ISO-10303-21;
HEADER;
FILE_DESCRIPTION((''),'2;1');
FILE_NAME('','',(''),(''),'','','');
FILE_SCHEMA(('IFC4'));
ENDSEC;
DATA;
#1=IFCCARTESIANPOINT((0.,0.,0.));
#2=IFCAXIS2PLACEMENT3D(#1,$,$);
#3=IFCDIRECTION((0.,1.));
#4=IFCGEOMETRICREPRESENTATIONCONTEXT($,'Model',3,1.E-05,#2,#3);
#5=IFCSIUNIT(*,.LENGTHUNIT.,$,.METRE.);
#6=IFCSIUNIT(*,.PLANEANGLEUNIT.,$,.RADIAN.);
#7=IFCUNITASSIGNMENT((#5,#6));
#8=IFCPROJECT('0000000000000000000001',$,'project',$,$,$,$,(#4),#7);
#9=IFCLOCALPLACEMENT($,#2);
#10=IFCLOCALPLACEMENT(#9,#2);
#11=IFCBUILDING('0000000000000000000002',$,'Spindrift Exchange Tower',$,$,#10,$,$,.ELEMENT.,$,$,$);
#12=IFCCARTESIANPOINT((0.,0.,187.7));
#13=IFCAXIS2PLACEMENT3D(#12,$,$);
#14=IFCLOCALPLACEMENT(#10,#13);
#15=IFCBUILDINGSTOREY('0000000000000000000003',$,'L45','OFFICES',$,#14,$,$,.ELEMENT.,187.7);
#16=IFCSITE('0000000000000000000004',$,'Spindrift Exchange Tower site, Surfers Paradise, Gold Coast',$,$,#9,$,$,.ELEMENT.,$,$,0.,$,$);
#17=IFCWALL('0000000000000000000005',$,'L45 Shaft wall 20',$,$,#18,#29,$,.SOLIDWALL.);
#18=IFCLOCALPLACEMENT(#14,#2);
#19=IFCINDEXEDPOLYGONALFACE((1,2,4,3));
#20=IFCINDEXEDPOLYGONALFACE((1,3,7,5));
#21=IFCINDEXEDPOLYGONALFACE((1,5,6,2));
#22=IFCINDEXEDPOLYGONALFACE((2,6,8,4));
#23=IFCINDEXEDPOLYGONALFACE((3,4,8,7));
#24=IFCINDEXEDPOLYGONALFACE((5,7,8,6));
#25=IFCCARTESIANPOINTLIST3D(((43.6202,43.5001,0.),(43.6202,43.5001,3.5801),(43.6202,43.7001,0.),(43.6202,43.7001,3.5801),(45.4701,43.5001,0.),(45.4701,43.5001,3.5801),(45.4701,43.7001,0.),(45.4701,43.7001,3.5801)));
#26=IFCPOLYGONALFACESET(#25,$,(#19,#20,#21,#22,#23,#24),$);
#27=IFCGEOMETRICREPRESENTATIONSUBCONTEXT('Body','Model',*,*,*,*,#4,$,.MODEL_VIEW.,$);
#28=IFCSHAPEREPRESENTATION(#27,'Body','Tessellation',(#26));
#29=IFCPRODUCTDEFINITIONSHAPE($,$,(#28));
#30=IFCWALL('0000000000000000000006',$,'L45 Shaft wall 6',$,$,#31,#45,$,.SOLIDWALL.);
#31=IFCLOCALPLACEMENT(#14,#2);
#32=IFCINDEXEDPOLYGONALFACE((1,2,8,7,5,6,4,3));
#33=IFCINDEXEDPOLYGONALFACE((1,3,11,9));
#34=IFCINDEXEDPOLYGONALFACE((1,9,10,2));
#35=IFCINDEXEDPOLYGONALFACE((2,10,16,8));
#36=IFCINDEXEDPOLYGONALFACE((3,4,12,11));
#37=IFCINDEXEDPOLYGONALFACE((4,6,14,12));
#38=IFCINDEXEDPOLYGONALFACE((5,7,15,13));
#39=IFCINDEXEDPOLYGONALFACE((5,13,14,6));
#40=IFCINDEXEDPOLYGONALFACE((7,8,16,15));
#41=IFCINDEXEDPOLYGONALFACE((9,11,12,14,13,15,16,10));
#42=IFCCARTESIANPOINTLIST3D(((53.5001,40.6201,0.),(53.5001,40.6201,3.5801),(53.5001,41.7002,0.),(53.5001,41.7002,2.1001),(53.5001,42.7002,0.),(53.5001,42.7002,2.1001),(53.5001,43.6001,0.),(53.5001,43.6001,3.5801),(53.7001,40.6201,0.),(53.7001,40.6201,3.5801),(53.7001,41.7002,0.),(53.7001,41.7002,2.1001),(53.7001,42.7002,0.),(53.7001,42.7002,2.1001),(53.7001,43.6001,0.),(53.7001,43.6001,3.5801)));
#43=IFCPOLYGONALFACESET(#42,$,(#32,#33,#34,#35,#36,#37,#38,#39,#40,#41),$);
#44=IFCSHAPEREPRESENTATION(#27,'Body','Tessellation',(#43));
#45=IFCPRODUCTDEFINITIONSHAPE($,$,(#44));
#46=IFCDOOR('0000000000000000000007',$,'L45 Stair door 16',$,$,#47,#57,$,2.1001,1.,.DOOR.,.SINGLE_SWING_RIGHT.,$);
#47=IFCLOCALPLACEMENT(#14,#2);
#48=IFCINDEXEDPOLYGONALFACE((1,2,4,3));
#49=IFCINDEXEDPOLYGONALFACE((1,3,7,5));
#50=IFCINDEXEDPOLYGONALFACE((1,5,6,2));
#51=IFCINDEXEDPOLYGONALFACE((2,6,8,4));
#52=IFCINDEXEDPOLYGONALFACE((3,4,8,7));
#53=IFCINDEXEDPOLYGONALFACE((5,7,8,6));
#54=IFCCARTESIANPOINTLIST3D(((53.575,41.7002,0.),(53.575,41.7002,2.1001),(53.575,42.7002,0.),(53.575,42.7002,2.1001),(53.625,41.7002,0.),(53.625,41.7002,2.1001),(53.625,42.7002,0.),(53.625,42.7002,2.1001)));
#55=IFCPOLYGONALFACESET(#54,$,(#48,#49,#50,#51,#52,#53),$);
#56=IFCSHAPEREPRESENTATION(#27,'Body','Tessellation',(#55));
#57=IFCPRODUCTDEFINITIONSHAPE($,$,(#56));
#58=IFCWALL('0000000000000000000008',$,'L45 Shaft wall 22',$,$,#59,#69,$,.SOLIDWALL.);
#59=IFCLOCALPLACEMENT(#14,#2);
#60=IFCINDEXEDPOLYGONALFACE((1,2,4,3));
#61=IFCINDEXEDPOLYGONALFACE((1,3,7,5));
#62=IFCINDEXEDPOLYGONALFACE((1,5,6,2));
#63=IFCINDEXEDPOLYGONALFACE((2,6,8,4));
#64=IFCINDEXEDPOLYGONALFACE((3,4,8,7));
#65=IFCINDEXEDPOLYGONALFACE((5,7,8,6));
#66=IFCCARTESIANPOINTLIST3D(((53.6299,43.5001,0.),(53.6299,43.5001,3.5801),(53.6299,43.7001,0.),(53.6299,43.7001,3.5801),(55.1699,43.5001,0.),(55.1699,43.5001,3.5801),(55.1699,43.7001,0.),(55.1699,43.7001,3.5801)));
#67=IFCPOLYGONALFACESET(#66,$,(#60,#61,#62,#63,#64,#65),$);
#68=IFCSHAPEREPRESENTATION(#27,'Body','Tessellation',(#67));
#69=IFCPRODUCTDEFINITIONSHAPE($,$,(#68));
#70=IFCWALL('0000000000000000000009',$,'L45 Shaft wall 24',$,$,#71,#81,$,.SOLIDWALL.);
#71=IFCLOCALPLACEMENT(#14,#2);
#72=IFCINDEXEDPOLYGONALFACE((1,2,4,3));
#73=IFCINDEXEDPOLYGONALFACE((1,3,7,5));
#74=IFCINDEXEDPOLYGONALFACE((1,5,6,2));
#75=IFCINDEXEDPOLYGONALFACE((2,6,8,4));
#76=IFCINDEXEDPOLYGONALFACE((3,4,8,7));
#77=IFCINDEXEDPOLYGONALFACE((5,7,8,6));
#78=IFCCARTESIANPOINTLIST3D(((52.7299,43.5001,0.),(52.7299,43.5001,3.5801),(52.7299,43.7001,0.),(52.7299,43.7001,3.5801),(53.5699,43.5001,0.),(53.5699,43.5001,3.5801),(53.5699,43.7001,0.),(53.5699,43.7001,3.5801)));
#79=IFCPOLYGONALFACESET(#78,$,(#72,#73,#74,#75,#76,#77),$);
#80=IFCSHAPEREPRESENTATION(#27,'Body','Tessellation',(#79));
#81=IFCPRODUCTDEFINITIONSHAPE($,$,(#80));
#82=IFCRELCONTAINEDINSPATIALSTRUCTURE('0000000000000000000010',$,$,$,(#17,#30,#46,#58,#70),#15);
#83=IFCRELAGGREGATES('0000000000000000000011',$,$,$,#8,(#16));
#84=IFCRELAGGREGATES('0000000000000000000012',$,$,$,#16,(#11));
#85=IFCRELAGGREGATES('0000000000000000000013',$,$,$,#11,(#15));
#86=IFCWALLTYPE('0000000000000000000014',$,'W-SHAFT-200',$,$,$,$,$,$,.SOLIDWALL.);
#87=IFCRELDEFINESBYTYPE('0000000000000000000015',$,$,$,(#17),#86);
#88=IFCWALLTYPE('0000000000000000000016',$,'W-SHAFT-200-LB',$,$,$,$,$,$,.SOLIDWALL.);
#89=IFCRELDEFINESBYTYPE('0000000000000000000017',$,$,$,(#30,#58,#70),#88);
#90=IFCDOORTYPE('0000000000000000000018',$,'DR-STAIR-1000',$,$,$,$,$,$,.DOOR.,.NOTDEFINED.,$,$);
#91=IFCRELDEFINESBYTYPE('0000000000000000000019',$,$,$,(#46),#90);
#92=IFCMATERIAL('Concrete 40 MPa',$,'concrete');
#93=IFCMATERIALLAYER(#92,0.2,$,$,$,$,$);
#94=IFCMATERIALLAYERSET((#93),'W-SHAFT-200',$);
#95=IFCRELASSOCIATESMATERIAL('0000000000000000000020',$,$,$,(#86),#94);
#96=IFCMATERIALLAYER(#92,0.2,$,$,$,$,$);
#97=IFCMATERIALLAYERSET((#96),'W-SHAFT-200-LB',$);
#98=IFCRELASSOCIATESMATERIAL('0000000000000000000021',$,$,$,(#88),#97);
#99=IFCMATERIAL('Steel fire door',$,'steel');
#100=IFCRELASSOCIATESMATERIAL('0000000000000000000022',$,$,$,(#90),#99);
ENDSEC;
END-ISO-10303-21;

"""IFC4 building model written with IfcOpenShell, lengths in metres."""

from ifc_helpers import new_model, si_unit, direction, frame, frame_2d, origin, place, context, subcontext, project, spatial, rectangle, extrude, source, transform, mapped, material, layer, layer_set, type_object, element, fill, save


model = new_model("IFC4")

# Units and contexts
model_context = context("Model", 3, precision=1e-05, world=origin(), true_north=direction((0.0, 1.0)))
body_context = subcontext(model_context, "Body", "Model", "MODEL_VIEW")
ifc_project = project(units=[si_unit("LENGTHUNIT", "METRE"), si_unit("PLANEANGLEUNIT", "RADIAN")], contexts=[model_context])

# Site, building, storey
site_placement = place(None, origin())
site = spatial("IfcSite", under=ifc_project, at=site_placement, Name="Spindrift Exchange Tower site, Surfers Paradise, Gold Coast", CompositionType="ELEMENT", RefElevation=0.0)
building_placement = place(site_placement, origin())
building = spatial("IfcBuilding", under=site, at=building_placement, Name="Spindrift Exchange Tower", CompositionType="ELEMENT")
storey_placement = place(building_placement, frame((0.0, 0.0, 187.7)))
storey = spatial("IfcBuildingStorey", under=building, at=storey_placement, Name="L45", Description="OFFICES", CompositionType="ELEMENT", Elevation=187.7)

# Shared definitions
ifc_material_1 = material(Name="Concrete 40 MPa", Category="concrete")
ifc_layer_1 = layer(ifc_material_1, 0.2)
ifc_layer_set_1 = layer_set([ifc_layer_1], Name="W-SHAFT-200")
wall_type_1 = type_object("IfcWallType", Name="W-SHAFT-200", PredefinedType="SOLIDWALL", material=ifc_layer_set_1)

# Wall
wall_1_placement = place(storey_placement, frame((45.47, 43.6001, 0.0), z_axis=(0.0, 0.0, 1.0), x_axis=(-1.0, 0.0, 0.0)))
element("IfcWall", 1, at=wall_1_placement, inside=storey, type_object=wall_type_1, Name="L45 Shaft wall 20", PredefinedType="SOLIDWALL", context=body_context, shape_type="SweptSolid", body=[
    extrude(rectangle(XDim=1.8499, YDim=0.2, at=frame_2d((0.9248, 0.0))), origin(), (0.0, 0.0, 1.0), 3.5801),
])

# Wall, opening, door
ifc_layer_2 = layer(ifc_material_1, 0.2)
ifc_layer_set_2 = layer_set([ifc_layer_2], Name="W-SHAFT-200-LB")
wall_type_2 = type_object("IfcWallType", Name="W-SHAFT-200-LB", PredefinedType="SOLIDWALL", material=ifc_layer_set_2)
wall_2_placement = place(storey_placement, frame((53.6001, 43.6001, 0.0), z_axis=(0.0, 0.0, 1.0), x_axis=(0.0, -1.0, 0.0)))
wall_2 = element("IfcWall", 2, at=wall_2_placement, inside=storey, type_object=wall_type_2, Name="L45 Shaft wall 6", PredefinedType="SOLIDWALL", context=body_context, shape_type="SweptSolid", body=[
    extrude(rectangle(XDim=2.98, YDim=0.2, at=frame_2d((1.49, 0.0))), origin(), (0.0, 0.0, 1.0), 3.5801),
])
opening_1_placement = place(wall_2_placement, frame((0.8999, 0.0, 0.0)))
opening_1 = element("IfcOpeningElement", 3, at=opening_1_placement, cuts=wall_2, PredefinedType="OPENING", context=body_context, shape_type="SweptSolid", body=[
    extrude(rectangle(XDim=1.0, YDim=2.1001, at=frame_2d((0.5, 1.05))), frame((0.0, 0.1099, 0.0), z_axis=(0.0, -1.0, 0.0), x_axis=(1.0, 0.0, 0.0)), (0.0, 0.0, 1.0), 0.22),
])
ifc_material_2 = material(Name="Steel fire door", Category="steel")
door_type_1 = type_object("IfcDoorType", Name="DR-STAIR-1000", OperationType="NOTDEFINED", PredefinedType="DOOR", material=ifc_material_2)
shared_shape_1 = source(origin(), body_context, "Body", "SweptSolid", [
    extrude(rectangle(XDim=1.0, YDim=2.1001, at=frame_2d((0.5, 1.05))), frame((0.0, 0.0249, 0.0), z_axis=(0.0, -1.0, 0.0), x_axis=(1.0, 0.0, 0.0)), (0.0, 0.0, 1.0), 0.05),
])
door_1_placement = place(opening_1_placement, origin())
door_1 = element("IfcDoor", 4, at=door_1_placement, inside=storey, type_object=door_type_1, Name="L45 Stair door 16", OperationType="SINGLE_SWING_RIGHT", OverallHeight=2.1001, OverallWidth=1.0, PredefinedType="DOOR", context=body_context, shape_type="MappedRepresentation", body=[
    mapped(shared_shape_1, transform((0.0, 0.0, 0.0), scale=1.0)),
])
fill(opening_1, door_1)

# Walls
wall_3_placement = place(storey_placement, frame((53.6299, 43.6001, 0.0), z_axis=(0.0, 0.0, 1.0), x_axis=(1.0, 0.0, 0.0)))
element("IfcWall", 5, at=wall_3_placement, inside=storey, type_object=wall_type_2, Name="L45 Shaft wall 22", PredefinedType="SOLIDWALL", context=body_context, shape_type="SweptSolid", body=[
    extrude(rectangle(XDim=1.54, YDim=0.2, at=frame_2d((0.77, 0.0))), origin(), (0.0, 0.0, 1.0), 3.5801),
])
wall_4_placement = place(storey_placement, frame((52.73, 43.6001, 0.0), z_axis=(0.0, 0.0, 1.0), x_axis=(1.0, 0.0, 0.0)))
element("IfcWall", 6, at=wall_4_placement, inside=storey, type_object=wall_type_2, Name="L45 Shaft wall 24", PredefinedType="SOLIDWALL", context=body_context, shape_type="SweptSolid", body=[
    extrude(rectangle(XDim=0.8401, YDim=0.2, at=frame_2d((0.4199, 0.0))), origin(), (0.0, 0.0, 1.0), 3.5801),
])

save(model, "model.ifc")
